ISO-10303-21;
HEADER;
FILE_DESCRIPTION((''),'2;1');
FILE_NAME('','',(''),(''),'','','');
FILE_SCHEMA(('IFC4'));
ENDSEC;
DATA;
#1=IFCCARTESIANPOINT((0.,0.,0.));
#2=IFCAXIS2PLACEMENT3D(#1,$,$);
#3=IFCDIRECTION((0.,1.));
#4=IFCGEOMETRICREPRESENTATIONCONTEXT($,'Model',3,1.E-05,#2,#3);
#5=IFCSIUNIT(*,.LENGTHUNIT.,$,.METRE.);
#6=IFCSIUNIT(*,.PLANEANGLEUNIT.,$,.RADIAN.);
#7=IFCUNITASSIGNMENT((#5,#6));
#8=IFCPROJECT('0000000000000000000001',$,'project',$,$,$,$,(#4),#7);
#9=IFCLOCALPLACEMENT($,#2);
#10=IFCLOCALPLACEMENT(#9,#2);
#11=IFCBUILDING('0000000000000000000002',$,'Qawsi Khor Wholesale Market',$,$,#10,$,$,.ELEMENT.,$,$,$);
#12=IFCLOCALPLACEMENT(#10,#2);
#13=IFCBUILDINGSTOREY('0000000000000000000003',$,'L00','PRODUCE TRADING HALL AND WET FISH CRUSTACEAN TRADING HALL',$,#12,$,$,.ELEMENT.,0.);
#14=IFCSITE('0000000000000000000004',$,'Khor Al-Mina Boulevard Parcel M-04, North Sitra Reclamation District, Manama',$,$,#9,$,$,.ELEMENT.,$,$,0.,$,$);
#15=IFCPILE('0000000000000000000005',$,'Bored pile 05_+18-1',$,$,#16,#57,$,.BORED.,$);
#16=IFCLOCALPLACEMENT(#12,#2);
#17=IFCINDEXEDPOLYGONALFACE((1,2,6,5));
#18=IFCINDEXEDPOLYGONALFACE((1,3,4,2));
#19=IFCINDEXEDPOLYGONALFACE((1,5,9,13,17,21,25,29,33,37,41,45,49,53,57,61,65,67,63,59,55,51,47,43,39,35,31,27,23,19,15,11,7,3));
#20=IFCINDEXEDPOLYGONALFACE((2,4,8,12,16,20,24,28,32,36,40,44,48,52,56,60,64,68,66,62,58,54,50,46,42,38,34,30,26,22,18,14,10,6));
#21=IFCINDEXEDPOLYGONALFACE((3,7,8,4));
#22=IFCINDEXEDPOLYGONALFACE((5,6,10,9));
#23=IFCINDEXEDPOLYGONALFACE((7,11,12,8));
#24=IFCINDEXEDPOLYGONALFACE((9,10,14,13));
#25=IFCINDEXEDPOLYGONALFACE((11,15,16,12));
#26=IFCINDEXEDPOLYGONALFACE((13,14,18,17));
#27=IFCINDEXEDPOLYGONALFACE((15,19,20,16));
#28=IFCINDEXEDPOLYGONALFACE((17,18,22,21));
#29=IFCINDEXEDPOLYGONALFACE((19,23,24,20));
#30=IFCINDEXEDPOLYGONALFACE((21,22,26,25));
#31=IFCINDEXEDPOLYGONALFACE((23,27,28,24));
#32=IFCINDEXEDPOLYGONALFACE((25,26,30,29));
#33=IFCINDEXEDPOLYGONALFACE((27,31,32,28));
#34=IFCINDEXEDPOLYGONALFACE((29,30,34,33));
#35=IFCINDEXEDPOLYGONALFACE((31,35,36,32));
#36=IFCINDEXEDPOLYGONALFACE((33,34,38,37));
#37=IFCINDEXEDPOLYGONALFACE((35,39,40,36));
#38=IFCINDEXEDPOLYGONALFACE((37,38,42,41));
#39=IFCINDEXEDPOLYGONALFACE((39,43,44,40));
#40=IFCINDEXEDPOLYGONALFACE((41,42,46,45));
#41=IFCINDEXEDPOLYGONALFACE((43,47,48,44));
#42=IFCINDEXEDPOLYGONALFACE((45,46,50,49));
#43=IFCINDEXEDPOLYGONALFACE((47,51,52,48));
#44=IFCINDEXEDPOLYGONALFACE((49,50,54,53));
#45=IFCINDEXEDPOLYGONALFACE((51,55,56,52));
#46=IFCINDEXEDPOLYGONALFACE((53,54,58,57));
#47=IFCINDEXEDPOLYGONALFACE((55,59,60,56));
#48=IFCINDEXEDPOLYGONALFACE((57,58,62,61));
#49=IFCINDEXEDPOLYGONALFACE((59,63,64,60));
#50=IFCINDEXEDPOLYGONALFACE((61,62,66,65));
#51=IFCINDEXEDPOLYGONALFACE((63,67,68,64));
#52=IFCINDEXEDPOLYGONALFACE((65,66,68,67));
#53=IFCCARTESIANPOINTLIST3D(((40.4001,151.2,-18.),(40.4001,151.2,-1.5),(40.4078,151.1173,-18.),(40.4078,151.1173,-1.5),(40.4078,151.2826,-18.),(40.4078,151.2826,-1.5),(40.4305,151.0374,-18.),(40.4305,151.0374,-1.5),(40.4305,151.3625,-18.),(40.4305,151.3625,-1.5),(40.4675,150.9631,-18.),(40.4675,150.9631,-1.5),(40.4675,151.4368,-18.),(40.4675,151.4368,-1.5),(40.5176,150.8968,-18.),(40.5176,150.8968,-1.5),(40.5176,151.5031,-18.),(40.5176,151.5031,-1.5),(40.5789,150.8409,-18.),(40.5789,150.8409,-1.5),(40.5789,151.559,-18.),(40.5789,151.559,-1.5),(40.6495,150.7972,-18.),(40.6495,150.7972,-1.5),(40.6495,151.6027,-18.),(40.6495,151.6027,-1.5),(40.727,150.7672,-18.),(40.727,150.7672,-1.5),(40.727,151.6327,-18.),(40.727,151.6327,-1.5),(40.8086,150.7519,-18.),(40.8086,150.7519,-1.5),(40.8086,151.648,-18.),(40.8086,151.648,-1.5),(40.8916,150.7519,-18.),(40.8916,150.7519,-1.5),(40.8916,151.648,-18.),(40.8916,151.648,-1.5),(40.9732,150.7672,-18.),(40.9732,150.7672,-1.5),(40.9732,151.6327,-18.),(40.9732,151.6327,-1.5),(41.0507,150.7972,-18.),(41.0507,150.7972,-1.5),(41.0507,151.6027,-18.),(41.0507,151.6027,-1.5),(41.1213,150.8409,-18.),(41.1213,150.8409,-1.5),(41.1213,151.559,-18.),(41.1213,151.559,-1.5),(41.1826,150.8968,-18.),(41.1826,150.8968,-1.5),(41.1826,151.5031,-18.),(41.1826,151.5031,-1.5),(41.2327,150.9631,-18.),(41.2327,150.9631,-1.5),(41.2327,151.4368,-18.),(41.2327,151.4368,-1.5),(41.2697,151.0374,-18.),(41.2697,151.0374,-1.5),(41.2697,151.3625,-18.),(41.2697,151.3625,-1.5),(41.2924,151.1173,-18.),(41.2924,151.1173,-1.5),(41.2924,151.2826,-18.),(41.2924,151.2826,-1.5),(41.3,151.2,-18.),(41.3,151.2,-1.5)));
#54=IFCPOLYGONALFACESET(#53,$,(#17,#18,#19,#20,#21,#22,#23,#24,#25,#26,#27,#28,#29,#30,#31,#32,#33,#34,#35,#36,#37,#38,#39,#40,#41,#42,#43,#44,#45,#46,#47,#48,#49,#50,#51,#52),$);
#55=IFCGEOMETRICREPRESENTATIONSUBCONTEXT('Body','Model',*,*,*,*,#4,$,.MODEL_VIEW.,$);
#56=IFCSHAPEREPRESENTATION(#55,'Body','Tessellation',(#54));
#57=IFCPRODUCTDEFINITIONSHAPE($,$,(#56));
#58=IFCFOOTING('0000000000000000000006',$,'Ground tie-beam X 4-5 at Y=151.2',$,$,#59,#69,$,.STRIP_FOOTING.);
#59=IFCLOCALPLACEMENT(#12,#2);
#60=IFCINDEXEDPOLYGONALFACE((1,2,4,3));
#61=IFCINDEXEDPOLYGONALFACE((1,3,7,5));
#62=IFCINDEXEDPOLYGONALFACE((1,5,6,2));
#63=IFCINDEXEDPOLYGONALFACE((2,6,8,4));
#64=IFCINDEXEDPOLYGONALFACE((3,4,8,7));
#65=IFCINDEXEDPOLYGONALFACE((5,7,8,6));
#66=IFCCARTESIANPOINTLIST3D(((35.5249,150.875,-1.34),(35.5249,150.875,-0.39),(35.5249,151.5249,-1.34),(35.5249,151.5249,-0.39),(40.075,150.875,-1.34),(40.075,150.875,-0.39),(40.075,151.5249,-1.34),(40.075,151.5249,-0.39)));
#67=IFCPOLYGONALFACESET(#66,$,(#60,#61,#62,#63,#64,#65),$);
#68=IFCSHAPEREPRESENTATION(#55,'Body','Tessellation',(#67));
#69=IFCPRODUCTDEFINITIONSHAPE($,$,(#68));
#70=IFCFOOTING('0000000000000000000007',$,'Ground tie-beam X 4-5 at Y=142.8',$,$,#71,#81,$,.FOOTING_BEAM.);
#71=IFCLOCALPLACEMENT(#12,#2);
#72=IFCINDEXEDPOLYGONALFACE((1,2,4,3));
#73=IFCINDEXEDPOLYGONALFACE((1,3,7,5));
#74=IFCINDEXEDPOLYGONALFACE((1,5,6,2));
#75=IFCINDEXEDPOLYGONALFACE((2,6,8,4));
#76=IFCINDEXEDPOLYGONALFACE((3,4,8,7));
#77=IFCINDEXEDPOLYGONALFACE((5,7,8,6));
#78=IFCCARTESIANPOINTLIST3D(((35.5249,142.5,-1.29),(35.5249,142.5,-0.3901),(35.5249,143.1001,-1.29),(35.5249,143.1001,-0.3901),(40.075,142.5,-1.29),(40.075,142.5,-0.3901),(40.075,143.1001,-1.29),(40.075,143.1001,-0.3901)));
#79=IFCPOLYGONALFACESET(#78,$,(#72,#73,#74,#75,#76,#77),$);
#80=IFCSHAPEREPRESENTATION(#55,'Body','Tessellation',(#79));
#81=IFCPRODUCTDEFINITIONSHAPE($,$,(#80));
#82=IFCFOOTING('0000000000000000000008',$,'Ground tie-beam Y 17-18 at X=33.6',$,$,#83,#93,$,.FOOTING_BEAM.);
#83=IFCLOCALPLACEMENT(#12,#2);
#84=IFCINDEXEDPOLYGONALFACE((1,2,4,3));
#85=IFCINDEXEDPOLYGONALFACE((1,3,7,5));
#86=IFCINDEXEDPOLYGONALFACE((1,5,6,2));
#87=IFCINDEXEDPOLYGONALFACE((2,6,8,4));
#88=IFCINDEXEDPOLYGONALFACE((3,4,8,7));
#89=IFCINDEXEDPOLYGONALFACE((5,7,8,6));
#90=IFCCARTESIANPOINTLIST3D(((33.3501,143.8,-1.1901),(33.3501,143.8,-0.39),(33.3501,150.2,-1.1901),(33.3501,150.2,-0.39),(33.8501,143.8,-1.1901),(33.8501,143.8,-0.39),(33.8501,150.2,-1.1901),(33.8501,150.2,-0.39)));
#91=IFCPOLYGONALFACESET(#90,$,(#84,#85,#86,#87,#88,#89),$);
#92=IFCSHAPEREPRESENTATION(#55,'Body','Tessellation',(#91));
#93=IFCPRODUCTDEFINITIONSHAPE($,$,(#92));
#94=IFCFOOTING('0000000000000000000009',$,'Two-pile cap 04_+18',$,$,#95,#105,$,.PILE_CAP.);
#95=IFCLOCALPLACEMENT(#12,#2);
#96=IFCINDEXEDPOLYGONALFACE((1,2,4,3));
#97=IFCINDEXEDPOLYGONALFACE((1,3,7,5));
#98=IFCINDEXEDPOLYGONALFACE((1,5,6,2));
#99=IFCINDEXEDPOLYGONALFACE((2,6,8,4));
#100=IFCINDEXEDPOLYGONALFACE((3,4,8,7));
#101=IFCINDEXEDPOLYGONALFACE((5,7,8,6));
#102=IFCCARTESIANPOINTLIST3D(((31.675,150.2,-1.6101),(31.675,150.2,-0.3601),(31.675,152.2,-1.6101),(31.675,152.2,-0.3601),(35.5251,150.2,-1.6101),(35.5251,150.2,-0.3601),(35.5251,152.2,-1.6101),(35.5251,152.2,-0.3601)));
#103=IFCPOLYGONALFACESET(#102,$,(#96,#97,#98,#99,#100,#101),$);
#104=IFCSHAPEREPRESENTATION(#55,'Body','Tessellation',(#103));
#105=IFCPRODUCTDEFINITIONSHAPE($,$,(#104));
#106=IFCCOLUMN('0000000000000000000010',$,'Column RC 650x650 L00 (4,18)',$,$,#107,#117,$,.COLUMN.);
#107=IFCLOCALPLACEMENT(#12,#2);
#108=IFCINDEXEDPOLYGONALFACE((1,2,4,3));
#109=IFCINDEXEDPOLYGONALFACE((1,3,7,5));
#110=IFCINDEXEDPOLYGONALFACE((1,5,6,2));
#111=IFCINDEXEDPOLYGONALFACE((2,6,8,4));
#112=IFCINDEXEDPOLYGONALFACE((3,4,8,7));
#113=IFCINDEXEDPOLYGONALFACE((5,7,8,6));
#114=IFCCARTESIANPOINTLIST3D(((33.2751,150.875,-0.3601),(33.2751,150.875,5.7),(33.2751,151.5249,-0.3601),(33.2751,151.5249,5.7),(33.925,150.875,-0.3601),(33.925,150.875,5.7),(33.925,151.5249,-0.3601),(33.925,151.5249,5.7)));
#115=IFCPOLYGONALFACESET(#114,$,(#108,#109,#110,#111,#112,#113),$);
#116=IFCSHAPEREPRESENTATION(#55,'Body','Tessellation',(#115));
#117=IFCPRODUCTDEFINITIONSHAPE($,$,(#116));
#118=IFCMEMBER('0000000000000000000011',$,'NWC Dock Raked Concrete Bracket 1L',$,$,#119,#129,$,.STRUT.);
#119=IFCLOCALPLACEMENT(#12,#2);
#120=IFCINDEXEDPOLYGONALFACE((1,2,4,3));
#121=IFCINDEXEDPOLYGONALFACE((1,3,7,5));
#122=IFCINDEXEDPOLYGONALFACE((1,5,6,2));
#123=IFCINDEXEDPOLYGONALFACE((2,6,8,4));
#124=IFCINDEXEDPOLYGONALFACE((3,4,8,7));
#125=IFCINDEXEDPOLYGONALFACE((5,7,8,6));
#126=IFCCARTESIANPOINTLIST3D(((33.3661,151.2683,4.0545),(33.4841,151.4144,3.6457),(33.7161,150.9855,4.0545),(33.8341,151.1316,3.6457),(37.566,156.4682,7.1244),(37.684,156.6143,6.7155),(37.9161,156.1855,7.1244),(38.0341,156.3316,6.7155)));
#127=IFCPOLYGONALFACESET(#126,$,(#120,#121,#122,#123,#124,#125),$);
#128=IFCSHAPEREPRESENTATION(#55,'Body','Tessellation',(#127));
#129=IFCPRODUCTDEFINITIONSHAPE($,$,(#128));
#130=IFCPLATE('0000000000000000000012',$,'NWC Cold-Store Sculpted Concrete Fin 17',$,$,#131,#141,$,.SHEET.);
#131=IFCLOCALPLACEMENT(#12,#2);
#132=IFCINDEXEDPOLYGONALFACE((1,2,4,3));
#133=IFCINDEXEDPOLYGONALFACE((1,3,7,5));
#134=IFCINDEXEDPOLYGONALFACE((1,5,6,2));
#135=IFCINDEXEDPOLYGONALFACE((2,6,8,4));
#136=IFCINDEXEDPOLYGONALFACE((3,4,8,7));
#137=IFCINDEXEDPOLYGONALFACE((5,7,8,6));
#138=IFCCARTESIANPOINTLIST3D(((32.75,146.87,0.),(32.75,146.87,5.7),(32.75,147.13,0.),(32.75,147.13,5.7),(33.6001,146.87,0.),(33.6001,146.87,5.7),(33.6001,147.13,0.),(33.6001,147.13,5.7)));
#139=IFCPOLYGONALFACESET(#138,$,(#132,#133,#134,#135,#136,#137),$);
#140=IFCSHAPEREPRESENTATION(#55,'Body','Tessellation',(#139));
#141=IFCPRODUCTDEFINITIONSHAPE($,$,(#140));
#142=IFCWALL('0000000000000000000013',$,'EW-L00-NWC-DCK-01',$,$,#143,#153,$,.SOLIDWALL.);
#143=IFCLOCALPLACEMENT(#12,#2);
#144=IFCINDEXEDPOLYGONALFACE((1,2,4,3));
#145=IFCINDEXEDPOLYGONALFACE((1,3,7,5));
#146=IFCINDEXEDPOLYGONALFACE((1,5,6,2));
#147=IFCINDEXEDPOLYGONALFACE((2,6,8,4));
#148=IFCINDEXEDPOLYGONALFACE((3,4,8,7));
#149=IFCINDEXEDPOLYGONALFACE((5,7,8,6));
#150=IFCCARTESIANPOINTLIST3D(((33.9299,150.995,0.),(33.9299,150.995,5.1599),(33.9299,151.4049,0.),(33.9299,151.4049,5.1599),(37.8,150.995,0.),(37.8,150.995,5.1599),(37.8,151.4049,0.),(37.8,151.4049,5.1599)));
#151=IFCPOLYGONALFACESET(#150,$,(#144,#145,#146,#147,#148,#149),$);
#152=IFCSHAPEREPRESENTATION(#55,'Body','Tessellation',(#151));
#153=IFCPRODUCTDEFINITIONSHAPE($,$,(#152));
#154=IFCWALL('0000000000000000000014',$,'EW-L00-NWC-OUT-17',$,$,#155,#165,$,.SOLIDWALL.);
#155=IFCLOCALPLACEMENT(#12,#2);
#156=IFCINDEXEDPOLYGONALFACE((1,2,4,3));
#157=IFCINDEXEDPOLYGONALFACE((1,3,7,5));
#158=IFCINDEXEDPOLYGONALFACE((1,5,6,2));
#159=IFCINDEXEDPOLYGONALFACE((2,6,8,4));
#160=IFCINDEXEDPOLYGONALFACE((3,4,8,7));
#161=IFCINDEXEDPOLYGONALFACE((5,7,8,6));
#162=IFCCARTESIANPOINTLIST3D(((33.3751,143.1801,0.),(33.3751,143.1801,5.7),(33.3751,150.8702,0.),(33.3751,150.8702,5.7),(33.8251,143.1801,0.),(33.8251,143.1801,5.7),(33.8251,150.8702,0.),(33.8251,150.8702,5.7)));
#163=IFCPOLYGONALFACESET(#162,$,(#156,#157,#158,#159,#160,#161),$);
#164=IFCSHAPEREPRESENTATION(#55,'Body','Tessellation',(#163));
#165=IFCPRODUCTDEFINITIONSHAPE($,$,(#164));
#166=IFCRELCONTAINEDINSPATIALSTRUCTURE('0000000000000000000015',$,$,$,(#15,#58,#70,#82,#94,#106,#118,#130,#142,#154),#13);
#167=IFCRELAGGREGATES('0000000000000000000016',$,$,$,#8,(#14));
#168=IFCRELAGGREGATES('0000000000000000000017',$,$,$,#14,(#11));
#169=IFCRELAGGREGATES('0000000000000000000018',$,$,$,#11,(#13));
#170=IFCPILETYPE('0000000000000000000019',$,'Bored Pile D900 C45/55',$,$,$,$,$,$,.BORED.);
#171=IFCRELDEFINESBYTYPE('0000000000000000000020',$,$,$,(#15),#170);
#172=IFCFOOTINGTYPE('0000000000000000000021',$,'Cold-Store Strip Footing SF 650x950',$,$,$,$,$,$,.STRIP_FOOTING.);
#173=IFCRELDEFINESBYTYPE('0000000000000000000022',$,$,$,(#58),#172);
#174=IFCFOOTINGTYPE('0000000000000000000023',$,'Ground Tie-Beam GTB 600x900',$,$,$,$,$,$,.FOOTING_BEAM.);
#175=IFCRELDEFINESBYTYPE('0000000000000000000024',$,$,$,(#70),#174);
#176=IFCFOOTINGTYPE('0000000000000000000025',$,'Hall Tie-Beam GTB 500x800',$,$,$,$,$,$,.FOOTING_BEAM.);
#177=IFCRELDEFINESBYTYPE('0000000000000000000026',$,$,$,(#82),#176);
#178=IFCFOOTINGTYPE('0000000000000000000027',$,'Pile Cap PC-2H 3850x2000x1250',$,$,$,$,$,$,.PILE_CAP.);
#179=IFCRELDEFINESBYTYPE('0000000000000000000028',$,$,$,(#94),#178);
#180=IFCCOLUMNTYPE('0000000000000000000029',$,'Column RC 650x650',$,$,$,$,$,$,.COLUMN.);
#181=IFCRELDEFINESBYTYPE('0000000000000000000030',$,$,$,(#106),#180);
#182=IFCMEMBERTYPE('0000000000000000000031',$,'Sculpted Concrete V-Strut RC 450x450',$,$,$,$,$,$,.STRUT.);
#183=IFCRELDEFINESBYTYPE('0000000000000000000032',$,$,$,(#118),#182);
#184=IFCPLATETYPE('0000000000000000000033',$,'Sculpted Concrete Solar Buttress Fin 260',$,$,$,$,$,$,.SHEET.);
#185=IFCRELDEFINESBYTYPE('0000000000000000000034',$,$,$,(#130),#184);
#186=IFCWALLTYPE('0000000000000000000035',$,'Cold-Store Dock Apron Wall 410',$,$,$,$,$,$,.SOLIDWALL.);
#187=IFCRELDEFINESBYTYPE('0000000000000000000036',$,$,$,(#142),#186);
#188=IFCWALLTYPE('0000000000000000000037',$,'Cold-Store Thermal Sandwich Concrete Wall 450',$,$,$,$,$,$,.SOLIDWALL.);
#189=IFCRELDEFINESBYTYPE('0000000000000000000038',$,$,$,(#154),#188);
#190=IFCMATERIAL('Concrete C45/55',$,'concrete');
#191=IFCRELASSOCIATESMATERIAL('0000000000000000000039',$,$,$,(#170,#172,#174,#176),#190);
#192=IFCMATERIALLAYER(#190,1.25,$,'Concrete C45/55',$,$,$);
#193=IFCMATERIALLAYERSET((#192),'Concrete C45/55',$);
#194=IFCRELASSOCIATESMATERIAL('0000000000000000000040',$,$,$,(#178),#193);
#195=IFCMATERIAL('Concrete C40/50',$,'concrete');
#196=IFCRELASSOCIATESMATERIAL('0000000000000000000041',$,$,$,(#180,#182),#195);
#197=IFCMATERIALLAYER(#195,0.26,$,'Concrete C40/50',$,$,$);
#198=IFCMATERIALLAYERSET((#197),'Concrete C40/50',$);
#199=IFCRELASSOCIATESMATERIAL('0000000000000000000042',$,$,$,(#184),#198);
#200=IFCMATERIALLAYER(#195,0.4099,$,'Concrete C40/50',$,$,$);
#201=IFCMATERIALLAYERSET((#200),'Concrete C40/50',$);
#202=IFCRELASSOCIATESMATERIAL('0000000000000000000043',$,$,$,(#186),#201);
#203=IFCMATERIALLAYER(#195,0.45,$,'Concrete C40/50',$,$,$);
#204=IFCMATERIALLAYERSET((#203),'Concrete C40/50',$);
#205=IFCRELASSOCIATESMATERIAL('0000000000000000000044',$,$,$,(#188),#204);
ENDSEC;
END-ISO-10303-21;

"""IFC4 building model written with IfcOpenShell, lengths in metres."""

from ifc_helpers import new_model, si_unit, direction, frame, frame_2d, origin, origin_2d, place, context, subcontext, project, spatial, rectangle, circle, extrude, material, layer, layer_set, material_profile, profile_set, type_object, element, save


model = new_model("IFC4")

# Units and contexts
model_context = context("Model", 3, precision=1e-05, world=origin(), true_north=direction((0.0, 1.0)))
body_context = subcontext(model_context, "Body", "Model", "MODEL_VIEW")
ifc_project = project(units=[si_unit("LENGTHUNIT", "METRE"), si_unit("PLANEANGLEUNIT", "RADIAN")], contexts=[model_context])

# Site, building, storey
site_placement = place(None, origin())
site = spatial("IfcSite", under=ifc_project, at=site_placement, Name="Khor Al-Mina Boulevard Parcel M-04, North Sitra Reclamation District, Manama", CompositionType="ELEMENT", RefElevation=0.0)
building_placement = place(site_placement, origin())
building = spatial("IfcBuilding", under=site, at=building_placement, Name="Qawsi Khor Wholesale Market", CompositionType="ELEMENT")
storey_placement = place(building_placement, origin())
storey = spatial("IfcBuildingStorey", under=building, at=storey_placement, Name="L00", Description="PRODUCE TRADING HALL AND WET FISH CRUSTACEAN TRADING HALL", CompositionType="ELEMENT", Elevation=0.0)

# Pile
ifc_material_1 = material(Name="Concrete C45/55", Category="concrete")
ifc_material_profile_1 = material_profile(ifc_material_1, circle(Radius=0.45, at=origin_2d()), Name="PILE D900")
ifc_profile_set_1 = profile_set([ifc_material_profile_1], Name="Concrete C45/55")
pile_type = type_object("IfcPileType", Name="Bored Pile D900 C45/55", PredefinedType="BORED", material=ifc_profile_set_1)
for number, where, z_axis, x_axis, name in (
    (1, (40.8501, 151.2, -1.5), (0.0, 0.0, -1.0), (1.0, 0.0, 0.0), "Bored pile 05_+18-1"),
):
    element("IfcPile", number, at=place(storey_placement, frame(where, z_axis=z_axis, x_axis=x_axis)), inside=storey, type_object=pile_type, Name=name, PredefinedType="BORED", context=body_context, shape_type="SweptSolid", body=[
        extrude(circle(Radius=0.45, at=origin_2d()), origin(), (0.0, 0.0, 1.0), 16.5),
    ])

# Footings
ifc_material_profile_2 = material_profile(ifc_material_1, rectangle(XDim=0.6499, YDim=0.95, at=origin_2d()), Name="RC 650x950")
ifc_profile_set_2 = profile_set([ifc_material_profile_2], Name="Concrete C45/55")
footing_type_1 = type_object("IfcFootingType", Name="Cold-Store Strip Footing SF 650x950", PredefinedType="STRIP_FOOTING", material=ifc_profile_set_2)
footing_1_placement = place(storey_placement, frame((35.5249, 151.2, -0.865), z_axis=(1.0, 0.0, 0.0), x_axis=(0.0, 1.0, 0.0)))
element("IfcFooting", 2, at=footing_1_placement, inside=storey, type_object=footing_type_1, Name="Ground tie-beam X 4-5 at Y=151.2", PredefinedType="STRIP_FOOTING", context=body_context, shape_type="SweptSolid", body=[
    extrude(rectangle(XDim=0.6499, YDim=0.95, at=origin_2d()), origin(), (0.0, 0.0, 1.0), 4.55),
])
ifc_material_profile_3 = material_profile(ifc_material_1, rectangle(XDim=0.6001, YDim=0.8999, at=origin_2d()), Name="RC 600x900")
ifc_profile_set_3 = profile_set([ifc_material_profile_3], Name="Concrete C45/55")
footing_type_2 = type_object("IfcFootingType", Name="Ground Tie-Beam GTB 600x900", PredefinedType="FOOTING_BEAM", material=ifc_profile_set_3)
footing_2_placement = place(storey_placement, frame((35.5249, 142.8, -0.8401), z_axis=(1.0, 0.0, 0.0), x_axis=(0.0, 1.0, 0.0)))
element("IfcFooting", 3, at=footing_2_placement, inside=storey, type_object=footing_type_2, Name="Ground tie-beam X 4-5 at Y=142.8", PredefinedType="FOOTING_BEAM", context=body_context, shape_type="SweptSolid", body=[
    extrude(rectangle(XDim=0.6001, YDim=0.8999, at=origin_2d()), origin(), (0.0, 0.0, 1.0), 4.55),
])
ifc_material_profile_4 = material_profile(ifc_material_1, rectangle(XDim=0.5, YDim=0.8, at=origin_2d()), Name="RC 500x800")
ifc_profile_set_4 = profile_set([ifc_material_profile_4], Name="Concrete C45/55")
footing_type_3 = type_object("IfcFootingType", Name="Hall Tie-Beam GTB 500x800", PredefinedType="FOOTING_BEAM", material=ifc_profile_set_4)
footing_3_placement = place(storey_placement, frame((33.6001, 143.8, -0.79), z_axis=(0.0, 1.0, 0.0), x_axis=(-1.0, 0.0, 0.0)))
element("IfcFooting", 4, at=footing_3_placement, inside=storey, type_object=footing_type_3, Name="Ground tie-beam Y 17-18 at X=33.6", PredefinedType="FOOTING_BEAM", context=body_context, shape_type="SweptSolid", body=[
    extrude(rectangle(XDim=0.5, YDim=0.8, at=origin_2d()), origin(), (0.0, 0.0, 1.0), 6.3999),
])
ifc_layer_1 = layer(ifc_material_1, 1.25, Name="Concrete C45/55")
ifc_layer_set_1 = layer_set([ifc_layer_1], Name="Concrete C45/55")
footing_type_4 = type_object("IfcFootingType", Name="Pile Cap PC-2H 3850x2000x1250", PredefinedType="PILE_CAP", material=ifc_layer_set_1)
footing_4_placement = place(storey_placement, frame((33.6001, 151.2, -1.6101), z_axis=(0.0, 0.0, 1.0), x_axis=(1.0, 0.0, 0.0)))
element("IfcFooting", 5, at=footing_4_placement, inside=storey, type_object=footing_type_4, Name="Two-pile cap 04_+18", PredefinedType="PILE_CAP", context=body_context, shape_type="SweptSolid", body=[
    extrude(rectangle(XDim=3.8501, YDim=2.0, at=origin_2d()), origin(), (0.0, 0.0, 1.0), 1.25),
])

# Column
ifc_material_2 = material(Name="Concrete C40/50", Category="concrete")
ifc_material_profile_5 = material_profile(ifc_material_2, rectangle(XDim=0.6499, YDim=0.6499, at=origin_2d()), Name="RC 650x650")
ifc_profile_set_5 = profile_set([ifc_material_profile_5], Name="Concrete C40/50")
column_type = type_object("IfcColumnType", Name="Column RC 650x650", PredefinedType="COLUMN", material=ifc_profile_set_5)
column_placement = place(storey_placement, frame((33.6001, 151.2, -0.3601), z_axis=(0.0, 0.0, 1.0), x_axis=(1.0, 0.0, 0.0)))
element("IfcColumn", 6, at=column_placement, inside=storey, type_object=column_type, Name="Column RC 650x650 L00 (4,18)", PredefinedType="COLUMN", context=body_context, shape_type="SweptSolid", body=[
    extrude(rectangle(XDim=0.6499, YDim=0.6499, at=origin_2d()), origin(), (0.0, 0.0, 1.0), 6.0601),
])

# Member
ifc_material_profile_6 = material_profile(ifc_material_2, rectangle(XDim=0.45, YDim=0.45, at=origin_2d()), Name="RC 450x450")
ifc_profile_set_6 = profile_set([ifc_material_profile_6], Name="Concrete C40/50")
member_type = type_object("IfcMemberType", Name="Sculpted Concrete V-Strut RC 450x450", PredefinedType="STRUT", material=ifc_profile_set_6)
member_placement = place(storey_placement, frame((33.6001, 151.2, 3.8501), z_axis=(0.570997, 0.70695, 0.417353), x_axis=(-0.777942, 0.628336, 0.0)))
element("IfcMember", 7, at=member_placement, inside=storey, type_object=member_type, Name="NWC Dock Raked Concrete Bracket 1L", PredefinedType="STRUT", context=body_context, shape_type="SweptSolid", body=[
    extrude(rectangle(XDim=0.45, YDim=0.45, at=origin_2d()), origin(), (0.0, 0.0, 1.0), 7.3555),
])

# Plate
ifc_layer_2 = layer(ifc_material_2, 0.26, Name="Concrete C40/50")
ifc_layer_set_2 = layer_set([ifc_layer_2], Name="Concrete C40/50")
plate_type = type_object("IfcPlateType", Name="Sculpted Concrete Solar Buttress Fin 260", PredefinedType="SHEET", material=ifc_layer_set_2)
plate_placement = place(storey_placement, frame((33.6001, 147.0, 0.0), z_axis=(0.0, 0.0, 1.0), x_axis=(-1.0, 0.0, 0.0)))
element("IfcPlate", 8, at=plate_placement, inside=storey, type_object=plate_type, Name="NWC Cold-Store Sculpted Concrete Fin 17", PredefinedType="SHEET", context=body_context, shape_type="SweptSolid", body=[
    extrude(rectangle(XDim=0.8501, YDim=0.26, at=frame_2d((0.425, 0.0))), origin(), (0.0, 0.0, 1.0), 5.7),
])

# Wall
ifc_layer_3 = layer(ifc_material_2, 0.4099, Name="Concrete C40/50")
ifc_layer_set_3 = layer_set([ifc_layer_3], Name="Concrete C40/50")
wall_type_1 = type_object("IfcWallType", Name="Cold-Store Dock Apron Wall 410", PredefinedType="SOLIDWALL", material=ifc_layer_set_3)
wall_1_placement = place(storey_placement, frame((33.9299, 151.2, 0.0), z_axis=(0.0, 0.0, 1.0), x_axis=(1.0, 0.0, 0.0)))
element("IfcWall", 9, at=wall_1_placement, inside=storey, type_object=wall_type_1, Name="EW-L00-NWC-DCK-01", PredefinedType="SOLIDWALL", context=body_context, shape_type="SweptSolid", body=[
    extrude(rectangle(XDim=3.8701, YDim=0.4099, at=frame_2d((1.9351, 0.0))), origin(), (0.0, 0.0, 1.0), 5.1599),
])

# Wall
ifc_layer_4 = layer(ifc_material_2, 0.45, Name="Concrete C40/50")
ifc_layer_set_4 = layer_set([ifc_layer_4], Name="Concrete C40/50")
wall_type_2 = type_object("IfcWallType", Name="Cold-Store Thermal Sandwich Concrete Wall 450", PredefinedType="SOLIDWALL", material=ifc_layer_set_4)
wall_2_placement = place(storey_placement, frame((33.6001, 143.1799, 0.0), z_axis=(0.0, 0.0, 1.0), x_axis=(0.0, 1.0, 0.0)))
element("IfcWall", 10, at=wall_2_placement, inside=storey, type_object=wall_type_2, Name="EW-L00-NWC-OUT-17", PredefinedType="SOLIDWALL", context=body_context, shape_type="SweptSolid", body=[
    extrude(rectangle(XDim=7.6902, YDim=0.45, at=frame_2d((3.8452, 0.0))), origin(), (0.0, 0.0, 1.0), 5.7),
])

save(model, "model.ifc")
